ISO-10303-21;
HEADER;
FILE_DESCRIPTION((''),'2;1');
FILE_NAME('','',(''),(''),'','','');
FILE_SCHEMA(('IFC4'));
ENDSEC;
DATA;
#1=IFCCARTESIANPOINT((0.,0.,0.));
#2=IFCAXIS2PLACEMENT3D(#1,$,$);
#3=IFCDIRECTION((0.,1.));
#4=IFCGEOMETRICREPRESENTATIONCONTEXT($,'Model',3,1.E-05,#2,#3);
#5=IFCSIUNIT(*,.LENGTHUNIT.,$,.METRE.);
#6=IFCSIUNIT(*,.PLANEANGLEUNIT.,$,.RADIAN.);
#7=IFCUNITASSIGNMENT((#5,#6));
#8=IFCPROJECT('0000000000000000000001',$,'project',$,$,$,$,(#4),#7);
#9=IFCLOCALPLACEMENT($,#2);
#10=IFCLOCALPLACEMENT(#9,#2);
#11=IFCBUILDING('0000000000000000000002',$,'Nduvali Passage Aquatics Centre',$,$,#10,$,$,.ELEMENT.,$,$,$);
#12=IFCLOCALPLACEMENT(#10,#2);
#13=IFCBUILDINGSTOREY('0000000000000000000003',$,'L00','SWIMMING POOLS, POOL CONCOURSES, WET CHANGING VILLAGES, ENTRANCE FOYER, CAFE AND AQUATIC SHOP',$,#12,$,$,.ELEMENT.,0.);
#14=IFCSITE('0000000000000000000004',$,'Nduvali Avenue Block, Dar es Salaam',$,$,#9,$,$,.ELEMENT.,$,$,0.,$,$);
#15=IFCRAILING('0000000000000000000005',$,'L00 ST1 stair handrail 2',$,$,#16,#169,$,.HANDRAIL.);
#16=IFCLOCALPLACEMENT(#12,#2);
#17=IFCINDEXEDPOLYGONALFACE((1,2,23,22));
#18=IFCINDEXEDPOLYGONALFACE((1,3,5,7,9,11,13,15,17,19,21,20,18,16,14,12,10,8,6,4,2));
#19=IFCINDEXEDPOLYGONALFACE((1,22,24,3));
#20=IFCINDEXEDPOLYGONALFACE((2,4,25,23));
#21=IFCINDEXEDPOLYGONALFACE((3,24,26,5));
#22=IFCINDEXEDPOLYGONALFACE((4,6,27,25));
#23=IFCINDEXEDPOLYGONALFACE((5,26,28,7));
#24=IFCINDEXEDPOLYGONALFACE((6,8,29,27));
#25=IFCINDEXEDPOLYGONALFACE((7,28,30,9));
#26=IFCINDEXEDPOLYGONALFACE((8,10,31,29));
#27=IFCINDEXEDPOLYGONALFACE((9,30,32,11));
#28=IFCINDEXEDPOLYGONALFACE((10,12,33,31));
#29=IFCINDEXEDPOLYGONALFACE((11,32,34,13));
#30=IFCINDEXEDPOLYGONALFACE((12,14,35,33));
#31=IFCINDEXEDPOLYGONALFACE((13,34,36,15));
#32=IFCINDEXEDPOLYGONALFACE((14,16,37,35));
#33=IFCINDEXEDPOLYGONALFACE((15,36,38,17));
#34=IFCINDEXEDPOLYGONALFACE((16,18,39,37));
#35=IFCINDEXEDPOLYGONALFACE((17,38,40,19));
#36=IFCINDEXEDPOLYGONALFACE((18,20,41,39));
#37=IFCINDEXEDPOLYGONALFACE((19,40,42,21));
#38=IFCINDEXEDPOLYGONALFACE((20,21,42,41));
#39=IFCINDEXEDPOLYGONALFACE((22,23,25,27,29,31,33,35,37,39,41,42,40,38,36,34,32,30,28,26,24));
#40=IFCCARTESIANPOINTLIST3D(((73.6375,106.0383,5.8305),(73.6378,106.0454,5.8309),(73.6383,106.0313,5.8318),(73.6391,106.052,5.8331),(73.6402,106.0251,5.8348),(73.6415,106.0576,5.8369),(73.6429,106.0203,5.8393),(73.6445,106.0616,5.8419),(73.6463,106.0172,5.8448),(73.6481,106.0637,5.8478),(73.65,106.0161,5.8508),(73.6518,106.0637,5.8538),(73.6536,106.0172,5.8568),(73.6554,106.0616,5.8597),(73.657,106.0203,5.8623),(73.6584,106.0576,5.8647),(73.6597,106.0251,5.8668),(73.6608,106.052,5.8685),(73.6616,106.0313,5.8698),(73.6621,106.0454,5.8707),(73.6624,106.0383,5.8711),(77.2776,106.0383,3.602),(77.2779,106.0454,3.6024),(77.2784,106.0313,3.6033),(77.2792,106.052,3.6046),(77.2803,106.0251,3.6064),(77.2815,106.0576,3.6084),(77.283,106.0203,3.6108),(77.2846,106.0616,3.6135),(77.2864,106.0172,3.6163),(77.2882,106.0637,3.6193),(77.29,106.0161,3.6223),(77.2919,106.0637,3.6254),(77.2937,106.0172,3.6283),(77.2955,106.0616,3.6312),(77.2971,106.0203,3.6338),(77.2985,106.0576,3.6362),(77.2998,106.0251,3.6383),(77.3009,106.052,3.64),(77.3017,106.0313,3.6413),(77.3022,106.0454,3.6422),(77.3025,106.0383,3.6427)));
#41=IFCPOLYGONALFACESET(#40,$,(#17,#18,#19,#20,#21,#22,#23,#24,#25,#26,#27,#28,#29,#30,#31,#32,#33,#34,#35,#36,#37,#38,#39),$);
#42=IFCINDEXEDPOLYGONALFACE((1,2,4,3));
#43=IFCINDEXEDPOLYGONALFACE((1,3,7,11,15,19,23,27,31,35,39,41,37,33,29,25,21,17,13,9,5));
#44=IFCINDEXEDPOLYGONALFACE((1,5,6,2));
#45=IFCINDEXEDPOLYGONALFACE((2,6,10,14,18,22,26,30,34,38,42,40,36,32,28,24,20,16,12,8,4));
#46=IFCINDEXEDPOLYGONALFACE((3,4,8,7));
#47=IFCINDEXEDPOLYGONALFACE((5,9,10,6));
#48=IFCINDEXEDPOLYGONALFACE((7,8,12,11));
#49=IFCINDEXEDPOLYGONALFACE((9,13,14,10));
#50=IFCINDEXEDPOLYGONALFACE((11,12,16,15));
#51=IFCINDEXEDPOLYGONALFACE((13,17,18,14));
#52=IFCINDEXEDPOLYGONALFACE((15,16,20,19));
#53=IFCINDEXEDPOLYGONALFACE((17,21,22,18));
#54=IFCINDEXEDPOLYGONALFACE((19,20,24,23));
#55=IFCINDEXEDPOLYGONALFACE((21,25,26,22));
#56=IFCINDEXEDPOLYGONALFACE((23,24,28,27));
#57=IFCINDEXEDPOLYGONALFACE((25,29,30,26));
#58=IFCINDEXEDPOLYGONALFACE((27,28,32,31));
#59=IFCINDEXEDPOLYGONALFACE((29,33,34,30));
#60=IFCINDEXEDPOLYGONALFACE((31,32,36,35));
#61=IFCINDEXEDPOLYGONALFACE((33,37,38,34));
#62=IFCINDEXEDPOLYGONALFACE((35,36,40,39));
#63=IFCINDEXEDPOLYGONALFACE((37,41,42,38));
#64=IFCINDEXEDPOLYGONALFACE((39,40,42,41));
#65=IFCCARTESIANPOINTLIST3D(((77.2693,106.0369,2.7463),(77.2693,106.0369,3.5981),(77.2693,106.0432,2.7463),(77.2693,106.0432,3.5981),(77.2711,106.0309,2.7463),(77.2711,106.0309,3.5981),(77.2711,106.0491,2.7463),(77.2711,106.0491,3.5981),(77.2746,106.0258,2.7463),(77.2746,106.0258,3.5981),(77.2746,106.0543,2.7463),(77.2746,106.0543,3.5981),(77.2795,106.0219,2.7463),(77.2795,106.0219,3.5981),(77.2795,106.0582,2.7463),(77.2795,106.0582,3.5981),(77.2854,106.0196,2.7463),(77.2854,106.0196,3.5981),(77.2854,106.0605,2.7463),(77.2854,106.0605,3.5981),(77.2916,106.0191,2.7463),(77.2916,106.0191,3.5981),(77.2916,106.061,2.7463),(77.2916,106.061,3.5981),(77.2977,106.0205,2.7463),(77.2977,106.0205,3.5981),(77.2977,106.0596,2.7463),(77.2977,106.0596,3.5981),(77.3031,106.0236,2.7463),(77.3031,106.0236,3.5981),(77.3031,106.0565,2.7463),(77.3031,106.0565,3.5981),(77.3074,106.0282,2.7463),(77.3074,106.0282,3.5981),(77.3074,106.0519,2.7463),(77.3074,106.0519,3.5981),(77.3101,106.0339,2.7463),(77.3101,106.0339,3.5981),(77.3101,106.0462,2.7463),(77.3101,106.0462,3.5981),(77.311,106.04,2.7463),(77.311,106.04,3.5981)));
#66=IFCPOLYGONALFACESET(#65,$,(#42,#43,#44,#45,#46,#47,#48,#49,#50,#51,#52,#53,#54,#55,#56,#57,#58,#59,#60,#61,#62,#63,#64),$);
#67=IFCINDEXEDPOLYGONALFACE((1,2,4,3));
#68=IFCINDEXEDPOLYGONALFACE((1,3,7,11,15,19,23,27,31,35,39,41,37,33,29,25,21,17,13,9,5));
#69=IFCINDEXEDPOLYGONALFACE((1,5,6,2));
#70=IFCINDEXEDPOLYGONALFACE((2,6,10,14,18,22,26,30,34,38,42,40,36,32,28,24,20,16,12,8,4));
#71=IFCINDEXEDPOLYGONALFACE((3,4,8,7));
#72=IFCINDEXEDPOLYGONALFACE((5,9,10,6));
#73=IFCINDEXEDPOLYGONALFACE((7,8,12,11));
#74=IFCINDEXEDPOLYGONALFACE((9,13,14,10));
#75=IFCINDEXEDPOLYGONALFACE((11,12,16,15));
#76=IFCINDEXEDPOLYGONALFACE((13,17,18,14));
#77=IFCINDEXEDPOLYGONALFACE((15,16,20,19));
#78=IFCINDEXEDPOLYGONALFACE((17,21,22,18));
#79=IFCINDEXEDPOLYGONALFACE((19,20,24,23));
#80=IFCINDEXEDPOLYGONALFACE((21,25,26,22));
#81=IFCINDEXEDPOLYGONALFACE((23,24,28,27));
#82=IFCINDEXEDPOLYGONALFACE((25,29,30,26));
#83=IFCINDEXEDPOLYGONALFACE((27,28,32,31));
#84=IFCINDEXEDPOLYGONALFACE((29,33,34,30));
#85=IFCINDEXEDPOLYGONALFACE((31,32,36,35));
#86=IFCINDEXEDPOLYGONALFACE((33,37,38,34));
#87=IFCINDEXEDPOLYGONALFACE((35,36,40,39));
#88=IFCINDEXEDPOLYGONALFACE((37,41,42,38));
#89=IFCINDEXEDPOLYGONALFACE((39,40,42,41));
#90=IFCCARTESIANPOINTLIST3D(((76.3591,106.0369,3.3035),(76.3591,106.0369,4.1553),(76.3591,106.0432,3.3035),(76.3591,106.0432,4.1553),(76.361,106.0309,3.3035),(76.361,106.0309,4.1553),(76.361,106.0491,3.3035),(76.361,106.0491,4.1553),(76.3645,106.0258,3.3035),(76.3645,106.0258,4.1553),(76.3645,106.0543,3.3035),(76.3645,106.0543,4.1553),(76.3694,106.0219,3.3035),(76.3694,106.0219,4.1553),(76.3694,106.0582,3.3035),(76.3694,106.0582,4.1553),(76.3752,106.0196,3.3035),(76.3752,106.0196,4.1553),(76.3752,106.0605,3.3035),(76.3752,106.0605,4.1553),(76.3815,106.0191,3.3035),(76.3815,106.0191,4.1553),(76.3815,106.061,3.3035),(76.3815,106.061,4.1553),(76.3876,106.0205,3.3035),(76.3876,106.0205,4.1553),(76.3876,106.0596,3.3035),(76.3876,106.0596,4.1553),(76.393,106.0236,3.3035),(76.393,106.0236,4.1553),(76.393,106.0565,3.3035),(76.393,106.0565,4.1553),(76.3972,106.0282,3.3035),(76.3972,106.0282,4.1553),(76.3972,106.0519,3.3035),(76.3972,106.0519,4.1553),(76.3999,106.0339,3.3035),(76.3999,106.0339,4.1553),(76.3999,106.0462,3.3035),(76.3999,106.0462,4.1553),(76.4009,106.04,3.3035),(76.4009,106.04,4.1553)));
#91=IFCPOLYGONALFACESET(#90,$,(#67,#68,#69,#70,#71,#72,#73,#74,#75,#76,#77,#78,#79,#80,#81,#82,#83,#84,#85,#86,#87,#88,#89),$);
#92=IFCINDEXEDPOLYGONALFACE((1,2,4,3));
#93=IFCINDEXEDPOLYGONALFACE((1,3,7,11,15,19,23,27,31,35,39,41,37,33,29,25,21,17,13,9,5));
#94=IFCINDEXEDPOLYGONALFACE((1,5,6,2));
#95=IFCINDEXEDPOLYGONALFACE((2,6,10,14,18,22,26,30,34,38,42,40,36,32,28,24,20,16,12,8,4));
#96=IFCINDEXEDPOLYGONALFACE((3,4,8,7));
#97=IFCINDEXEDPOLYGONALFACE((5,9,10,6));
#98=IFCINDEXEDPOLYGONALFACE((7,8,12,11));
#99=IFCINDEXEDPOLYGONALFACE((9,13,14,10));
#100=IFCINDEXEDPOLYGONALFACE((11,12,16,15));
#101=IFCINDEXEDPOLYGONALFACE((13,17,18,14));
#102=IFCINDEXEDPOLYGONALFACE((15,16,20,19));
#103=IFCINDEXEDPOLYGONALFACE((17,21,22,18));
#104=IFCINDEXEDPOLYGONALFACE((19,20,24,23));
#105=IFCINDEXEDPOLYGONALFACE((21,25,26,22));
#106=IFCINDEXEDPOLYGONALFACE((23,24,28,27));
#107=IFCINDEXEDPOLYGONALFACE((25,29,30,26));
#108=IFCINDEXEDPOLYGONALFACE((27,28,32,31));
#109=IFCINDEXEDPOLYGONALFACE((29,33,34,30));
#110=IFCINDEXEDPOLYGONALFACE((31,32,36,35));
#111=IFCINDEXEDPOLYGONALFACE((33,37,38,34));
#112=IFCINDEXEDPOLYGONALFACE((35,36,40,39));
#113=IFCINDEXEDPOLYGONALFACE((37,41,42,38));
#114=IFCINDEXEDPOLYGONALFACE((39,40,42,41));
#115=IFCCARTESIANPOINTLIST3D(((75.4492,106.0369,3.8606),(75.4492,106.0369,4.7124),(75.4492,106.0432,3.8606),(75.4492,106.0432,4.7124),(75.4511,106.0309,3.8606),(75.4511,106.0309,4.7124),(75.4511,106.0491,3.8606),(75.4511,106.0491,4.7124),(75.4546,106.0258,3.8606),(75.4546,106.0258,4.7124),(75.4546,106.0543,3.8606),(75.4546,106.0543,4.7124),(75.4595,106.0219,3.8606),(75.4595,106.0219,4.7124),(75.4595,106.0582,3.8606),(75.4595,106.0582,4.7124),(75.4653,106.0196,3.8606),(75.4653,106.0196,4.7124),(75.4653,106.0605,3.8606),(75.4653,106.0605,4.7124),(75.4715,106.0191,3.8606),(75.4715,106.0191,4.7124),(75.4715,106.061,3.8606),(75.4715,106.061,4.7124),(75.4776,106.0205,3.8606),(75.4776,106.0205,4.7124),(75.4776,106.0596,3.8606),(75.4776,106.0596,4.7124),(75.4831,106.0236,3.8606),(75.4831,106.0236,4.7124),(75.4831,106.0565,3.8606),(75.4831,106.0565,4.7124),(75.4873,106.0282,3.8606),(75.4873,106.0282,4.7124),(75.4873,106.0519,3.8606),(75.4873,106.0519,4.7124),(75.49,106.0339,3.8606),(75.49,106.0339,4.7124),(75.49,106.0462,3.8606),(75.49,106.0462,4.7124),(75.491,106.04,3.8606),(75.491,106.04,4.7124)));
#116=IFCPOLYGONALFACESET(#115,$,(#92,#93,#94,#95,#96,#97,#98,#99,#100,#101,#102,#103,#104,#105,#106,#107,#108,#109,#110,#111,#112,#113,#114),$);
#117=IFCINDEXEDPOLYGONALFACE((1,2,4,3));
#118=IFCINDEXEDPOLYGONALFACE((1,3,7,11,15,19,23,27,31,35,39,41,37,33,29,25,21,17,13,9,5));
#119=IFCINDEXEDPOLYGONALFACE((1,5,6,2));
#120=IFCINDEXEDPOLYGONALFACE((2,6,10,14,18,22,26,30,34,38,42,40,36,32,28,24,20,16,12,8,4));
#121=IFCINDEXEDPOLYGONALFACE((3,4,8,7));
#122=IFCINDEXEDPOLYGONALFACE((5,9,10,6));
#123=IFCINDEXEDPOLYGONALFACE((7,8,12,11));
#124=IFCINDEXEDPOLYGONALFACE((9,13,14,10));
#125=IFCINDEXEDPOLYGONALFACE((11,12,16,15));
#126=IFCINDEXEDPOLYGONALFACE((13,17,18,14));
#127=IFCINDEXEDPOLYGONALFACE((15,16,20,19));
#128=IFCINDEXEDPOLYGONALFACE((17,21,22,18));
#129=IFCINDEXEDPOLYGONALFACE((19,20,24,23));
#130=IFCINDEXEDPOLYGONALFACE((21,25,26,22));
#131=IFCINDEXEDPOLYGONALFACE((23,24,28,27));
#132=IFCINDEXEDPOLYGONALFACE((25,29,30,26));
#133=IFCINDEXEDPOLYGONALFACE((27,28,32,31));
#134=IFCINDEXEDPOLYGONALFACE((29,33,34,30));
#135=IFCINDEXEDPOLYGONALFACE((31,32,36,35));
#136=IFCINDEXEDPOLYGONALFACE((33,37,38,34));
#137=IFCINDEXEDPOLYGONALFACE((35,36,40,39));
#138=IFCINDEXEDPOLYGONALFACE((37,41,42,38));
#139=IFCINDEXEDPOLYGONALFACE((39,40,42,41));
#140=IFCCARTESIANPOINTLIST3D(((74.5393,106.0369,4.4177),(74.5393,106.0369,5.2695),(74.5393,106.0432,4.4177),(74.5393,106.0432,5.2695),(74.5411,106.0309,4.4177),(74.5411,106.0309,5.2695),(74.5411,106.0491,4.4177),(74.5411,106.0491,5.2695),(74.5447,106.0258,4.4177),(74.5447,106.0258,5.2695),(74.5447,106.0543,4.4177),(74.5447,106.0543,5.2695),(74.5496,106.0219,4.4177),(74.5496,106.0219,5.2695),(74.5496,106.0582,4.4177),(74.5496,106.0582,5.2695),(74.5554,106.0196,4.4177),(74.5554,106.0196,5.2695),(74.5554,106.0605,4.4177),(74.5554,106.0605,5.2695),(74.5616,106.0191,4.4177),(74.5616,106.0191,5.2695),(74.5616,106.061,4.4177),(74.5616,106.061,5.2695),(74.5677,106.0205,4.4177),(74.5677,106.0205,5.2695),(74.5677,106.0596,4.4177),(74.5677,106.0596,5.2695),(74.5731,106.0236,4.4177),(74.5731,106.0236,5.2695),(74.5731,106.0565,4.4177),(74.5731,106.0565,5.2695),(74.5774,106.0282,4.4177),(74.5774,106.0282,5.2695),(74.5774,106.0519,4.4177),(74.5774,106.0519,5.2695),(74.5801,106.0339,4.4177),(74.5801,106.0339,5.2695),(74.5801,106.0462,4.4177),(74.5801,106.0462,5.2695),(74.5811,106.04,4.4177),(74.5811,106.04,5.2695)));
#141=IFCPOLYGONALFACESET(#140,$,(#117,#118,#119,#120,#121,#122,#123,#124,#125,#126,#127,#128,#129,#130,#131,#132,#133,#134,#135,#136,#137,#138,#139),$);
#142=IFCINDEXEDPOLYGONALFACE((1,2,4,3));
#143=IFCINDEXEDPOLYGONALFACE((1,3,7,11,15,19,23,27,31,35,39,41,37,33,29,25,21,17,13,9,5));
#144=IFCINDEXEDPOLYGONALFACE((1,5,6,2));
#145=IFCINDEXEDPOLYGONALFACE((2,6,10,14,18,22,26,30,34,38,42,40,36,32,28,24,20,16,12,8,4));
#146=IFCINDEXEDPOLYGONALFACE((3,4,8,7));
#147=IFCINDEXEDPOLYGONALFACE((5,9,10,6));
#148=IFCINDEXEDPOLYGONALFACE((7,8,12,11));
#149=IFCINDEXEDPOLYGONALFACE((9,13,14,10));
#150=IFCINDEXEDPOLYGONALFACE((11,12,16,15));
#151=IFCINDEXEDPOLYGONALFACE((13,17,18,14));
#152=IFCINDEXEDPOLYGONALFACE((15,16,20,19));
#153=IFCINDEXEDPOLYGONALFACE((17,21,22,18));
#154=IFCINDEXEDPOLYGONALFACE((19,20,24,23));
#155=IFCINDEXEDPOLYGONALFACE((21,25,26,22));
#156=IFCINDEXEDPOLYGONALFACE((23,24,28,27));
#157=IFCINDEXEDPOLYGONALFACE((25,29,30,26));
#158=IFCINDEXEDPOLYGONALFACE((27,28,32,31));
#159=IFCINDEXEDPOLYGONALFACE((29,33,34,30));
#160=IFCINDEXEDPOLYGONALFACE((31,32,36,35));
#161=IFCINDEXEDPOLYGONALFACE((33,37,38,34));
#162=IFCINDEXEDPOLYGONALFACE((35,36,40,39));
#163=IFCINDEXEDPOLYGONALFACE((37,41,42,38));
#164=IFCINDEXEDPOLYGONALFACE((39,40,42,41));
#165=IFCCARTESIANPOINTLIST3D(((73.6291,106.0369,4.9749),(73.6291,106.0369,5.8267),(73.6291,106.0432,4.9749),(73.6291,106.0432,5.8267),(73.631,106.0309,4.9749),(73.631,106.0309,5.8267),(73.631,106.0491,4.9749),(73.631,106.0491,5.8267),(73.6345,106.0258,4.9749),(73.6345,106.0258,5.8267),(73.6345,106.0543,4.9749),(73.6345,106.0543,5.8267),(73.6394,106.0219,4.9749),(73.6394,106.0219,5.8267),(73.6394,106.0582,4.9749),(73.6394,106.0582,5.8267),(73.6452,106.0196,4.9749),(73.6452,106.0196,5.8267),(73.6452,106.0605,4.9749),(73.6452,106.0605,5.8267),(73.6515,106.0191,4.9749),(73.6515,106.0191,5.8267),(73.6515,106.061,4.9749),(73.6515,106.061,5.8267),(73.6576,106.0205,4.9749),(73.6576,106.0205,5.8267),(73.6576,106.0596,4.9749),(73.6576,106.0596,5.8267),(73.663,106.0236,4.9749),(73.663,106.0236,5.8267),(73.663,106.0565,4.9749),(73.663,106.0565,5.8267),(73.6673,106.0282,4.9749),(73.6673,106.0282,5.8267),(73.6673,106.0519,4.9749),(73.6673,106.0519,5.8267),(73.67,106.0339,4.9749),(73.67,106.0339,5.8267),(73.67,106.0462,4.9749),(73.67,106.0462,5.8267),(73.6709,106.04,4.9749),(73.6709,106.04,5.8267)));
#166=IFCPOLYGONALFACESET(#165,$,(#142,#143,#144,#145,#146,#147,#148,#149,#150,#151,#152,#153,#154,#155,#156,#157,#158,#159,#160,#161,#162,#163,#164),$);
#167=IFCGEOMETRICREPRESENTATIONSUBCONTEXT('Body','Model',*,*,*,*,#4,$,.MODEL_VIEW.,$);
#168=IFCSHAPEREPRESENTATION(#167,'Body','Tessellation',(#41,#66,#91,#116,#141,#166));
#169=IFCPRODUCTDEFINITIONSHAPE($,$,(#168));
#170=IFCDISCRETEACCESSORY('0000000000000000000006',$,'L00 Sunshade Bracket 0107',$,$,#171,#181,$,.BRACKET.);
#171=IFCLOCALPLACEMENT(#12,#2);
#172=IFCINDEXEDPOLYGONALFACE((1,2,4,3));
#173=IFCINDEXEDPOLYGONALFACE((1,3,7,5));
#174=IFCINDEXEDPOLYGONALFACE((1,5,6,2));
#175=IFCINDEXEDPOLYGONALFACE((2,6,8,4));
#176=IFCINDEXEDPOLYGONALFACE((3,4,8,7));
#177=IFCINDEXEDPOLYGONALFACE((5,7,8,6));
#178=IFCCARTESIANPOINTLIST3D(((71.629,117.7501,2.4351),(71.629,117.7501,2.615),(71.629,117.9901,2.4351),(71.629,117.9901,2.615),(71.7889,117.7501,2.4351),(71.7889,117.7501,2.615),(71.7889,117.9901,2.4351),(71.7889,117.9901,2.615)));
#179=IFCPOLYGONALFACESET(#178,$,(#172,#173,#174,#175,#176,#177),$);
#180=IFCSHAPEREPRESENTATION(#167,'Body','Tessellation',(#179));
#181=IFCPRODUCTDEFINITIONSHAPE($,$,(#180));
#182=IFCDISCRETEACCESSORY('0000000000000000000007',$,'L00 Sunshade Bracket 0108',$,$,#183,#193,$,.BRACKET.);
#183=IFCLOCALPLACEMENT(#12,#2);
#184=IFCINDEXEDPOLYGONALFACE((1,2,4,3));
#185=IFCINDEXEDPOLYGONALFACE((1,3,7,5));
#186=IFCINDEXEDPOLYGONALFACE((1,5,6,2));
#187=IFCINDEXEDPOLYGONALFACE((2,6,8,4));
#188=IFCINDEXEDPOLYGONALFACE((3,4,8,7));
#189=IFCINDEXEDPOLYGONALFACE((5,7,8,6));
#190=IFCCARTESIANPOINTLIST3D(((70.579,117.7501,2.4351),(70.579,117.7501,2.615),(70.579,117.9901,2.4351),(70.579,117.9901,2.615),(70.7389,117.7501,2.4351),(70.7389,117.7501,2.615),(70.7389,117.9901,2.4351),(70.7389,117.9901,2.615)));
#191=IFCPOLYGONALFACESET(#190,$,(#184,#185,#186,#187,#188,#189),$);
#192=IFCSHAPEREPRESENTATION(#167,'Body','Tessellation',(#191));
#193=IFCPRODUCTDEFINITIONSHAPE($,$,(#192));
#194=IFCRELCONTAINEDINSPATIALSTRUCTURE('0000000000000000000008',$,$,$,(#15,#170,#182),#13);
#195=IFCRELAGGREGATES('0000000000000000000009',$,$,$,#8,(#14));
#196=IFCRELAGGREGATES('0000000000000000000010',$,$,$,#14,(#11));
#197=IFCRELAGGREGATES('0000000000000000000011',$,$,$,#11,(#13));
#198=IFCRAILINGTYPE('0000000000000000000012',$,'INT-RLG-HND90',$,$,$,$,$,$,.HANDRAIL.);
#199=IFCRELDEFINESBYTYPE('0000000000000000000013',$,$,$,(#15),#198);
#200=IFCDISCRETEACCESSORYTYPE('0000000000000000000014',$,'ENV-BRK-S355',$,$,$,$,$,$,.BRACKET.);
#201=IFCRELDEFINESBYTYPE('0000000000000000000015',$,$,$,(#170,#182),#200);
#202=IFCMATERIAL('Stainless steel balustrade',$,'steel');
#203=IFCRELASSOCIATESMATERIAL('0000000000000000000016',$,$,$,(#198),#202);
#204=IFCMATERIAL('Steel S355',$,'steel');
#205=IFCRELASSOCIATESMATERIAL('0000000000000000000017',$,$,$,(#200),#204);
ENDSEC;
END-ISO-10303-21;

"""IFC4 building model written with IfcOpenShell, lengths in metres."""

from ifc_helpers import new_model, si_unit, direction, frame, origin, origin_2d, place, context, subcontext, project, spatial, rectangle, circle, extrude, material, type_object, element, save


model = new_model("IFC4")

# Units and contexts
model_context = context("Model", 3, precision=1e-05, world=origin(), true_north=direction((0.0, 1.0)))
body_context = subcontext(model_context, "Body", "Model", "MODEL_VIEW")
ifc_project = project(units=[si_unit("LENGTHUNIT", "METRE"), si_unit("PLANEANGLEUNIT", "RADIAN")], contexts=[model_context])

# Site, building, storey
site_placement = place(None, origin())
site = spatial("IfcSite", under=ifc_project, at=site_placement, Name="Nduvali Avenue Block, Dar es Salaam", CompositionType="ELEMENT", RefElevation=0.0)
building_placement = place(site_placement, origin())
building = spatial("IfcBuilding", under=site, at=building_placement, Name="Nduvali Passage Aquatics Centre", CompositionType="ELEMENT")
storey_placement = place(building_placement, origin())
storey = spatial("IfcBuildingStorey", under=building, at=storey_placement, Name="L00", Description="SWIMMING POOLS, POOL CONCOURSES, WET CHANGING VILLAGES, ENTRANCE FOYER, CAFE AND AQUATIC SHOP", CompositionType="ELEMENT", Elevation=0.0)

# Railing
ifc_material_1 = material(Name="Stainless steel balustrade", Category="steel")
railing_type_1 = type_object("IfcRailingType", Name="INT-RLG-HND90", PredefinedType="HANDRAIL", material=ifc_material_1)
railing_1_placement = place(storey_placement, frame((77.29, 106.04, 2.7463)))
element("IfcRailing", 1, at=railing_1_placement, inside=storey, type_object=railing_type_1, Name="L00 ST1 stair handrail 2", PredefinedType="HANDRAIL", context=body_context, shape_type="SweptSolid", body=[
    extrude(circle(Radius=0.0239, at=origin_2d()), frame((0.0, 0.0, 0.876), z_axis=(-0.852866, 0.0, 0.52213), x_axis=(0.0, -1.0, 0.0)), (0.0, 0.0, 1.0), 4.2681),
    extrude(circle(Radius=0.021, at=origin_2d()), origin(), (0.0, 0.0, 1.0), 0.8518),
    extrude(circle(Radius=0.021, at=origin_2d()), frame((-0.9102, 0.0, 0.5571)), (0.0, 0.0, 1.0), 0.8518),
    extrude(circle(Radius=0.021, at=origin_2d()), frame((-1.8201, 0.0, 1.1143)), (0.0, 0.0, 1.0), 0.8518),
    extrude(circle(Radius=0.021, at=origin_2d()), frame((-2.73, 0.0, 1.6714)), (0.0, 0.0, 1.0), 0.8518),
    extrude(circle(Radius=0.021, at=origin_2d()), frame((-3.6401, 0.0, 2.2285)), (0.0, 0.0, 1.0), 0.8518),
])

# Discrete accessories
ifc_material_2 = material(Name="Steel S355", Category="steel")
discrete_accessory_type = type_object("IfcDiscreteAccessoryType", Name="ENV-BRK-S355", PredefinedType="BRACKET", material=ifc_material_2)
for number, where, z_axis, x_axis, name in (
    (2, (71.709, 117.8701, 2.4351), (0.0, 0.0, 1.0), (-1.0, 0.0, 0.0), "L00 Sunshade Bracket 0107"),
    (3, (70.6589, 117.8701, 2.4351), (0.0, 0.0, 1.0), (-1.0, 0.0, 0.0), "L00 Sunshade Bracket 0108"),
):
    element("IfcDiscreteAccessory", number, at=place(storey_placement, frame(where, z_axis=z_axis, x_axis=x_axis)), inside=storey, type_object=discrete_accessory_type, Name=name, PredefinedType="BRACKET", context=body_context, shape_type="SweptSolid", body=[
        extrude(rectangle(XDim=0.1599, YDim=0.24, at=origin_2d()), origin(), (0.0, 0.0, 1.0), 0.1799),
    ])

save(model, "model.ifc")
